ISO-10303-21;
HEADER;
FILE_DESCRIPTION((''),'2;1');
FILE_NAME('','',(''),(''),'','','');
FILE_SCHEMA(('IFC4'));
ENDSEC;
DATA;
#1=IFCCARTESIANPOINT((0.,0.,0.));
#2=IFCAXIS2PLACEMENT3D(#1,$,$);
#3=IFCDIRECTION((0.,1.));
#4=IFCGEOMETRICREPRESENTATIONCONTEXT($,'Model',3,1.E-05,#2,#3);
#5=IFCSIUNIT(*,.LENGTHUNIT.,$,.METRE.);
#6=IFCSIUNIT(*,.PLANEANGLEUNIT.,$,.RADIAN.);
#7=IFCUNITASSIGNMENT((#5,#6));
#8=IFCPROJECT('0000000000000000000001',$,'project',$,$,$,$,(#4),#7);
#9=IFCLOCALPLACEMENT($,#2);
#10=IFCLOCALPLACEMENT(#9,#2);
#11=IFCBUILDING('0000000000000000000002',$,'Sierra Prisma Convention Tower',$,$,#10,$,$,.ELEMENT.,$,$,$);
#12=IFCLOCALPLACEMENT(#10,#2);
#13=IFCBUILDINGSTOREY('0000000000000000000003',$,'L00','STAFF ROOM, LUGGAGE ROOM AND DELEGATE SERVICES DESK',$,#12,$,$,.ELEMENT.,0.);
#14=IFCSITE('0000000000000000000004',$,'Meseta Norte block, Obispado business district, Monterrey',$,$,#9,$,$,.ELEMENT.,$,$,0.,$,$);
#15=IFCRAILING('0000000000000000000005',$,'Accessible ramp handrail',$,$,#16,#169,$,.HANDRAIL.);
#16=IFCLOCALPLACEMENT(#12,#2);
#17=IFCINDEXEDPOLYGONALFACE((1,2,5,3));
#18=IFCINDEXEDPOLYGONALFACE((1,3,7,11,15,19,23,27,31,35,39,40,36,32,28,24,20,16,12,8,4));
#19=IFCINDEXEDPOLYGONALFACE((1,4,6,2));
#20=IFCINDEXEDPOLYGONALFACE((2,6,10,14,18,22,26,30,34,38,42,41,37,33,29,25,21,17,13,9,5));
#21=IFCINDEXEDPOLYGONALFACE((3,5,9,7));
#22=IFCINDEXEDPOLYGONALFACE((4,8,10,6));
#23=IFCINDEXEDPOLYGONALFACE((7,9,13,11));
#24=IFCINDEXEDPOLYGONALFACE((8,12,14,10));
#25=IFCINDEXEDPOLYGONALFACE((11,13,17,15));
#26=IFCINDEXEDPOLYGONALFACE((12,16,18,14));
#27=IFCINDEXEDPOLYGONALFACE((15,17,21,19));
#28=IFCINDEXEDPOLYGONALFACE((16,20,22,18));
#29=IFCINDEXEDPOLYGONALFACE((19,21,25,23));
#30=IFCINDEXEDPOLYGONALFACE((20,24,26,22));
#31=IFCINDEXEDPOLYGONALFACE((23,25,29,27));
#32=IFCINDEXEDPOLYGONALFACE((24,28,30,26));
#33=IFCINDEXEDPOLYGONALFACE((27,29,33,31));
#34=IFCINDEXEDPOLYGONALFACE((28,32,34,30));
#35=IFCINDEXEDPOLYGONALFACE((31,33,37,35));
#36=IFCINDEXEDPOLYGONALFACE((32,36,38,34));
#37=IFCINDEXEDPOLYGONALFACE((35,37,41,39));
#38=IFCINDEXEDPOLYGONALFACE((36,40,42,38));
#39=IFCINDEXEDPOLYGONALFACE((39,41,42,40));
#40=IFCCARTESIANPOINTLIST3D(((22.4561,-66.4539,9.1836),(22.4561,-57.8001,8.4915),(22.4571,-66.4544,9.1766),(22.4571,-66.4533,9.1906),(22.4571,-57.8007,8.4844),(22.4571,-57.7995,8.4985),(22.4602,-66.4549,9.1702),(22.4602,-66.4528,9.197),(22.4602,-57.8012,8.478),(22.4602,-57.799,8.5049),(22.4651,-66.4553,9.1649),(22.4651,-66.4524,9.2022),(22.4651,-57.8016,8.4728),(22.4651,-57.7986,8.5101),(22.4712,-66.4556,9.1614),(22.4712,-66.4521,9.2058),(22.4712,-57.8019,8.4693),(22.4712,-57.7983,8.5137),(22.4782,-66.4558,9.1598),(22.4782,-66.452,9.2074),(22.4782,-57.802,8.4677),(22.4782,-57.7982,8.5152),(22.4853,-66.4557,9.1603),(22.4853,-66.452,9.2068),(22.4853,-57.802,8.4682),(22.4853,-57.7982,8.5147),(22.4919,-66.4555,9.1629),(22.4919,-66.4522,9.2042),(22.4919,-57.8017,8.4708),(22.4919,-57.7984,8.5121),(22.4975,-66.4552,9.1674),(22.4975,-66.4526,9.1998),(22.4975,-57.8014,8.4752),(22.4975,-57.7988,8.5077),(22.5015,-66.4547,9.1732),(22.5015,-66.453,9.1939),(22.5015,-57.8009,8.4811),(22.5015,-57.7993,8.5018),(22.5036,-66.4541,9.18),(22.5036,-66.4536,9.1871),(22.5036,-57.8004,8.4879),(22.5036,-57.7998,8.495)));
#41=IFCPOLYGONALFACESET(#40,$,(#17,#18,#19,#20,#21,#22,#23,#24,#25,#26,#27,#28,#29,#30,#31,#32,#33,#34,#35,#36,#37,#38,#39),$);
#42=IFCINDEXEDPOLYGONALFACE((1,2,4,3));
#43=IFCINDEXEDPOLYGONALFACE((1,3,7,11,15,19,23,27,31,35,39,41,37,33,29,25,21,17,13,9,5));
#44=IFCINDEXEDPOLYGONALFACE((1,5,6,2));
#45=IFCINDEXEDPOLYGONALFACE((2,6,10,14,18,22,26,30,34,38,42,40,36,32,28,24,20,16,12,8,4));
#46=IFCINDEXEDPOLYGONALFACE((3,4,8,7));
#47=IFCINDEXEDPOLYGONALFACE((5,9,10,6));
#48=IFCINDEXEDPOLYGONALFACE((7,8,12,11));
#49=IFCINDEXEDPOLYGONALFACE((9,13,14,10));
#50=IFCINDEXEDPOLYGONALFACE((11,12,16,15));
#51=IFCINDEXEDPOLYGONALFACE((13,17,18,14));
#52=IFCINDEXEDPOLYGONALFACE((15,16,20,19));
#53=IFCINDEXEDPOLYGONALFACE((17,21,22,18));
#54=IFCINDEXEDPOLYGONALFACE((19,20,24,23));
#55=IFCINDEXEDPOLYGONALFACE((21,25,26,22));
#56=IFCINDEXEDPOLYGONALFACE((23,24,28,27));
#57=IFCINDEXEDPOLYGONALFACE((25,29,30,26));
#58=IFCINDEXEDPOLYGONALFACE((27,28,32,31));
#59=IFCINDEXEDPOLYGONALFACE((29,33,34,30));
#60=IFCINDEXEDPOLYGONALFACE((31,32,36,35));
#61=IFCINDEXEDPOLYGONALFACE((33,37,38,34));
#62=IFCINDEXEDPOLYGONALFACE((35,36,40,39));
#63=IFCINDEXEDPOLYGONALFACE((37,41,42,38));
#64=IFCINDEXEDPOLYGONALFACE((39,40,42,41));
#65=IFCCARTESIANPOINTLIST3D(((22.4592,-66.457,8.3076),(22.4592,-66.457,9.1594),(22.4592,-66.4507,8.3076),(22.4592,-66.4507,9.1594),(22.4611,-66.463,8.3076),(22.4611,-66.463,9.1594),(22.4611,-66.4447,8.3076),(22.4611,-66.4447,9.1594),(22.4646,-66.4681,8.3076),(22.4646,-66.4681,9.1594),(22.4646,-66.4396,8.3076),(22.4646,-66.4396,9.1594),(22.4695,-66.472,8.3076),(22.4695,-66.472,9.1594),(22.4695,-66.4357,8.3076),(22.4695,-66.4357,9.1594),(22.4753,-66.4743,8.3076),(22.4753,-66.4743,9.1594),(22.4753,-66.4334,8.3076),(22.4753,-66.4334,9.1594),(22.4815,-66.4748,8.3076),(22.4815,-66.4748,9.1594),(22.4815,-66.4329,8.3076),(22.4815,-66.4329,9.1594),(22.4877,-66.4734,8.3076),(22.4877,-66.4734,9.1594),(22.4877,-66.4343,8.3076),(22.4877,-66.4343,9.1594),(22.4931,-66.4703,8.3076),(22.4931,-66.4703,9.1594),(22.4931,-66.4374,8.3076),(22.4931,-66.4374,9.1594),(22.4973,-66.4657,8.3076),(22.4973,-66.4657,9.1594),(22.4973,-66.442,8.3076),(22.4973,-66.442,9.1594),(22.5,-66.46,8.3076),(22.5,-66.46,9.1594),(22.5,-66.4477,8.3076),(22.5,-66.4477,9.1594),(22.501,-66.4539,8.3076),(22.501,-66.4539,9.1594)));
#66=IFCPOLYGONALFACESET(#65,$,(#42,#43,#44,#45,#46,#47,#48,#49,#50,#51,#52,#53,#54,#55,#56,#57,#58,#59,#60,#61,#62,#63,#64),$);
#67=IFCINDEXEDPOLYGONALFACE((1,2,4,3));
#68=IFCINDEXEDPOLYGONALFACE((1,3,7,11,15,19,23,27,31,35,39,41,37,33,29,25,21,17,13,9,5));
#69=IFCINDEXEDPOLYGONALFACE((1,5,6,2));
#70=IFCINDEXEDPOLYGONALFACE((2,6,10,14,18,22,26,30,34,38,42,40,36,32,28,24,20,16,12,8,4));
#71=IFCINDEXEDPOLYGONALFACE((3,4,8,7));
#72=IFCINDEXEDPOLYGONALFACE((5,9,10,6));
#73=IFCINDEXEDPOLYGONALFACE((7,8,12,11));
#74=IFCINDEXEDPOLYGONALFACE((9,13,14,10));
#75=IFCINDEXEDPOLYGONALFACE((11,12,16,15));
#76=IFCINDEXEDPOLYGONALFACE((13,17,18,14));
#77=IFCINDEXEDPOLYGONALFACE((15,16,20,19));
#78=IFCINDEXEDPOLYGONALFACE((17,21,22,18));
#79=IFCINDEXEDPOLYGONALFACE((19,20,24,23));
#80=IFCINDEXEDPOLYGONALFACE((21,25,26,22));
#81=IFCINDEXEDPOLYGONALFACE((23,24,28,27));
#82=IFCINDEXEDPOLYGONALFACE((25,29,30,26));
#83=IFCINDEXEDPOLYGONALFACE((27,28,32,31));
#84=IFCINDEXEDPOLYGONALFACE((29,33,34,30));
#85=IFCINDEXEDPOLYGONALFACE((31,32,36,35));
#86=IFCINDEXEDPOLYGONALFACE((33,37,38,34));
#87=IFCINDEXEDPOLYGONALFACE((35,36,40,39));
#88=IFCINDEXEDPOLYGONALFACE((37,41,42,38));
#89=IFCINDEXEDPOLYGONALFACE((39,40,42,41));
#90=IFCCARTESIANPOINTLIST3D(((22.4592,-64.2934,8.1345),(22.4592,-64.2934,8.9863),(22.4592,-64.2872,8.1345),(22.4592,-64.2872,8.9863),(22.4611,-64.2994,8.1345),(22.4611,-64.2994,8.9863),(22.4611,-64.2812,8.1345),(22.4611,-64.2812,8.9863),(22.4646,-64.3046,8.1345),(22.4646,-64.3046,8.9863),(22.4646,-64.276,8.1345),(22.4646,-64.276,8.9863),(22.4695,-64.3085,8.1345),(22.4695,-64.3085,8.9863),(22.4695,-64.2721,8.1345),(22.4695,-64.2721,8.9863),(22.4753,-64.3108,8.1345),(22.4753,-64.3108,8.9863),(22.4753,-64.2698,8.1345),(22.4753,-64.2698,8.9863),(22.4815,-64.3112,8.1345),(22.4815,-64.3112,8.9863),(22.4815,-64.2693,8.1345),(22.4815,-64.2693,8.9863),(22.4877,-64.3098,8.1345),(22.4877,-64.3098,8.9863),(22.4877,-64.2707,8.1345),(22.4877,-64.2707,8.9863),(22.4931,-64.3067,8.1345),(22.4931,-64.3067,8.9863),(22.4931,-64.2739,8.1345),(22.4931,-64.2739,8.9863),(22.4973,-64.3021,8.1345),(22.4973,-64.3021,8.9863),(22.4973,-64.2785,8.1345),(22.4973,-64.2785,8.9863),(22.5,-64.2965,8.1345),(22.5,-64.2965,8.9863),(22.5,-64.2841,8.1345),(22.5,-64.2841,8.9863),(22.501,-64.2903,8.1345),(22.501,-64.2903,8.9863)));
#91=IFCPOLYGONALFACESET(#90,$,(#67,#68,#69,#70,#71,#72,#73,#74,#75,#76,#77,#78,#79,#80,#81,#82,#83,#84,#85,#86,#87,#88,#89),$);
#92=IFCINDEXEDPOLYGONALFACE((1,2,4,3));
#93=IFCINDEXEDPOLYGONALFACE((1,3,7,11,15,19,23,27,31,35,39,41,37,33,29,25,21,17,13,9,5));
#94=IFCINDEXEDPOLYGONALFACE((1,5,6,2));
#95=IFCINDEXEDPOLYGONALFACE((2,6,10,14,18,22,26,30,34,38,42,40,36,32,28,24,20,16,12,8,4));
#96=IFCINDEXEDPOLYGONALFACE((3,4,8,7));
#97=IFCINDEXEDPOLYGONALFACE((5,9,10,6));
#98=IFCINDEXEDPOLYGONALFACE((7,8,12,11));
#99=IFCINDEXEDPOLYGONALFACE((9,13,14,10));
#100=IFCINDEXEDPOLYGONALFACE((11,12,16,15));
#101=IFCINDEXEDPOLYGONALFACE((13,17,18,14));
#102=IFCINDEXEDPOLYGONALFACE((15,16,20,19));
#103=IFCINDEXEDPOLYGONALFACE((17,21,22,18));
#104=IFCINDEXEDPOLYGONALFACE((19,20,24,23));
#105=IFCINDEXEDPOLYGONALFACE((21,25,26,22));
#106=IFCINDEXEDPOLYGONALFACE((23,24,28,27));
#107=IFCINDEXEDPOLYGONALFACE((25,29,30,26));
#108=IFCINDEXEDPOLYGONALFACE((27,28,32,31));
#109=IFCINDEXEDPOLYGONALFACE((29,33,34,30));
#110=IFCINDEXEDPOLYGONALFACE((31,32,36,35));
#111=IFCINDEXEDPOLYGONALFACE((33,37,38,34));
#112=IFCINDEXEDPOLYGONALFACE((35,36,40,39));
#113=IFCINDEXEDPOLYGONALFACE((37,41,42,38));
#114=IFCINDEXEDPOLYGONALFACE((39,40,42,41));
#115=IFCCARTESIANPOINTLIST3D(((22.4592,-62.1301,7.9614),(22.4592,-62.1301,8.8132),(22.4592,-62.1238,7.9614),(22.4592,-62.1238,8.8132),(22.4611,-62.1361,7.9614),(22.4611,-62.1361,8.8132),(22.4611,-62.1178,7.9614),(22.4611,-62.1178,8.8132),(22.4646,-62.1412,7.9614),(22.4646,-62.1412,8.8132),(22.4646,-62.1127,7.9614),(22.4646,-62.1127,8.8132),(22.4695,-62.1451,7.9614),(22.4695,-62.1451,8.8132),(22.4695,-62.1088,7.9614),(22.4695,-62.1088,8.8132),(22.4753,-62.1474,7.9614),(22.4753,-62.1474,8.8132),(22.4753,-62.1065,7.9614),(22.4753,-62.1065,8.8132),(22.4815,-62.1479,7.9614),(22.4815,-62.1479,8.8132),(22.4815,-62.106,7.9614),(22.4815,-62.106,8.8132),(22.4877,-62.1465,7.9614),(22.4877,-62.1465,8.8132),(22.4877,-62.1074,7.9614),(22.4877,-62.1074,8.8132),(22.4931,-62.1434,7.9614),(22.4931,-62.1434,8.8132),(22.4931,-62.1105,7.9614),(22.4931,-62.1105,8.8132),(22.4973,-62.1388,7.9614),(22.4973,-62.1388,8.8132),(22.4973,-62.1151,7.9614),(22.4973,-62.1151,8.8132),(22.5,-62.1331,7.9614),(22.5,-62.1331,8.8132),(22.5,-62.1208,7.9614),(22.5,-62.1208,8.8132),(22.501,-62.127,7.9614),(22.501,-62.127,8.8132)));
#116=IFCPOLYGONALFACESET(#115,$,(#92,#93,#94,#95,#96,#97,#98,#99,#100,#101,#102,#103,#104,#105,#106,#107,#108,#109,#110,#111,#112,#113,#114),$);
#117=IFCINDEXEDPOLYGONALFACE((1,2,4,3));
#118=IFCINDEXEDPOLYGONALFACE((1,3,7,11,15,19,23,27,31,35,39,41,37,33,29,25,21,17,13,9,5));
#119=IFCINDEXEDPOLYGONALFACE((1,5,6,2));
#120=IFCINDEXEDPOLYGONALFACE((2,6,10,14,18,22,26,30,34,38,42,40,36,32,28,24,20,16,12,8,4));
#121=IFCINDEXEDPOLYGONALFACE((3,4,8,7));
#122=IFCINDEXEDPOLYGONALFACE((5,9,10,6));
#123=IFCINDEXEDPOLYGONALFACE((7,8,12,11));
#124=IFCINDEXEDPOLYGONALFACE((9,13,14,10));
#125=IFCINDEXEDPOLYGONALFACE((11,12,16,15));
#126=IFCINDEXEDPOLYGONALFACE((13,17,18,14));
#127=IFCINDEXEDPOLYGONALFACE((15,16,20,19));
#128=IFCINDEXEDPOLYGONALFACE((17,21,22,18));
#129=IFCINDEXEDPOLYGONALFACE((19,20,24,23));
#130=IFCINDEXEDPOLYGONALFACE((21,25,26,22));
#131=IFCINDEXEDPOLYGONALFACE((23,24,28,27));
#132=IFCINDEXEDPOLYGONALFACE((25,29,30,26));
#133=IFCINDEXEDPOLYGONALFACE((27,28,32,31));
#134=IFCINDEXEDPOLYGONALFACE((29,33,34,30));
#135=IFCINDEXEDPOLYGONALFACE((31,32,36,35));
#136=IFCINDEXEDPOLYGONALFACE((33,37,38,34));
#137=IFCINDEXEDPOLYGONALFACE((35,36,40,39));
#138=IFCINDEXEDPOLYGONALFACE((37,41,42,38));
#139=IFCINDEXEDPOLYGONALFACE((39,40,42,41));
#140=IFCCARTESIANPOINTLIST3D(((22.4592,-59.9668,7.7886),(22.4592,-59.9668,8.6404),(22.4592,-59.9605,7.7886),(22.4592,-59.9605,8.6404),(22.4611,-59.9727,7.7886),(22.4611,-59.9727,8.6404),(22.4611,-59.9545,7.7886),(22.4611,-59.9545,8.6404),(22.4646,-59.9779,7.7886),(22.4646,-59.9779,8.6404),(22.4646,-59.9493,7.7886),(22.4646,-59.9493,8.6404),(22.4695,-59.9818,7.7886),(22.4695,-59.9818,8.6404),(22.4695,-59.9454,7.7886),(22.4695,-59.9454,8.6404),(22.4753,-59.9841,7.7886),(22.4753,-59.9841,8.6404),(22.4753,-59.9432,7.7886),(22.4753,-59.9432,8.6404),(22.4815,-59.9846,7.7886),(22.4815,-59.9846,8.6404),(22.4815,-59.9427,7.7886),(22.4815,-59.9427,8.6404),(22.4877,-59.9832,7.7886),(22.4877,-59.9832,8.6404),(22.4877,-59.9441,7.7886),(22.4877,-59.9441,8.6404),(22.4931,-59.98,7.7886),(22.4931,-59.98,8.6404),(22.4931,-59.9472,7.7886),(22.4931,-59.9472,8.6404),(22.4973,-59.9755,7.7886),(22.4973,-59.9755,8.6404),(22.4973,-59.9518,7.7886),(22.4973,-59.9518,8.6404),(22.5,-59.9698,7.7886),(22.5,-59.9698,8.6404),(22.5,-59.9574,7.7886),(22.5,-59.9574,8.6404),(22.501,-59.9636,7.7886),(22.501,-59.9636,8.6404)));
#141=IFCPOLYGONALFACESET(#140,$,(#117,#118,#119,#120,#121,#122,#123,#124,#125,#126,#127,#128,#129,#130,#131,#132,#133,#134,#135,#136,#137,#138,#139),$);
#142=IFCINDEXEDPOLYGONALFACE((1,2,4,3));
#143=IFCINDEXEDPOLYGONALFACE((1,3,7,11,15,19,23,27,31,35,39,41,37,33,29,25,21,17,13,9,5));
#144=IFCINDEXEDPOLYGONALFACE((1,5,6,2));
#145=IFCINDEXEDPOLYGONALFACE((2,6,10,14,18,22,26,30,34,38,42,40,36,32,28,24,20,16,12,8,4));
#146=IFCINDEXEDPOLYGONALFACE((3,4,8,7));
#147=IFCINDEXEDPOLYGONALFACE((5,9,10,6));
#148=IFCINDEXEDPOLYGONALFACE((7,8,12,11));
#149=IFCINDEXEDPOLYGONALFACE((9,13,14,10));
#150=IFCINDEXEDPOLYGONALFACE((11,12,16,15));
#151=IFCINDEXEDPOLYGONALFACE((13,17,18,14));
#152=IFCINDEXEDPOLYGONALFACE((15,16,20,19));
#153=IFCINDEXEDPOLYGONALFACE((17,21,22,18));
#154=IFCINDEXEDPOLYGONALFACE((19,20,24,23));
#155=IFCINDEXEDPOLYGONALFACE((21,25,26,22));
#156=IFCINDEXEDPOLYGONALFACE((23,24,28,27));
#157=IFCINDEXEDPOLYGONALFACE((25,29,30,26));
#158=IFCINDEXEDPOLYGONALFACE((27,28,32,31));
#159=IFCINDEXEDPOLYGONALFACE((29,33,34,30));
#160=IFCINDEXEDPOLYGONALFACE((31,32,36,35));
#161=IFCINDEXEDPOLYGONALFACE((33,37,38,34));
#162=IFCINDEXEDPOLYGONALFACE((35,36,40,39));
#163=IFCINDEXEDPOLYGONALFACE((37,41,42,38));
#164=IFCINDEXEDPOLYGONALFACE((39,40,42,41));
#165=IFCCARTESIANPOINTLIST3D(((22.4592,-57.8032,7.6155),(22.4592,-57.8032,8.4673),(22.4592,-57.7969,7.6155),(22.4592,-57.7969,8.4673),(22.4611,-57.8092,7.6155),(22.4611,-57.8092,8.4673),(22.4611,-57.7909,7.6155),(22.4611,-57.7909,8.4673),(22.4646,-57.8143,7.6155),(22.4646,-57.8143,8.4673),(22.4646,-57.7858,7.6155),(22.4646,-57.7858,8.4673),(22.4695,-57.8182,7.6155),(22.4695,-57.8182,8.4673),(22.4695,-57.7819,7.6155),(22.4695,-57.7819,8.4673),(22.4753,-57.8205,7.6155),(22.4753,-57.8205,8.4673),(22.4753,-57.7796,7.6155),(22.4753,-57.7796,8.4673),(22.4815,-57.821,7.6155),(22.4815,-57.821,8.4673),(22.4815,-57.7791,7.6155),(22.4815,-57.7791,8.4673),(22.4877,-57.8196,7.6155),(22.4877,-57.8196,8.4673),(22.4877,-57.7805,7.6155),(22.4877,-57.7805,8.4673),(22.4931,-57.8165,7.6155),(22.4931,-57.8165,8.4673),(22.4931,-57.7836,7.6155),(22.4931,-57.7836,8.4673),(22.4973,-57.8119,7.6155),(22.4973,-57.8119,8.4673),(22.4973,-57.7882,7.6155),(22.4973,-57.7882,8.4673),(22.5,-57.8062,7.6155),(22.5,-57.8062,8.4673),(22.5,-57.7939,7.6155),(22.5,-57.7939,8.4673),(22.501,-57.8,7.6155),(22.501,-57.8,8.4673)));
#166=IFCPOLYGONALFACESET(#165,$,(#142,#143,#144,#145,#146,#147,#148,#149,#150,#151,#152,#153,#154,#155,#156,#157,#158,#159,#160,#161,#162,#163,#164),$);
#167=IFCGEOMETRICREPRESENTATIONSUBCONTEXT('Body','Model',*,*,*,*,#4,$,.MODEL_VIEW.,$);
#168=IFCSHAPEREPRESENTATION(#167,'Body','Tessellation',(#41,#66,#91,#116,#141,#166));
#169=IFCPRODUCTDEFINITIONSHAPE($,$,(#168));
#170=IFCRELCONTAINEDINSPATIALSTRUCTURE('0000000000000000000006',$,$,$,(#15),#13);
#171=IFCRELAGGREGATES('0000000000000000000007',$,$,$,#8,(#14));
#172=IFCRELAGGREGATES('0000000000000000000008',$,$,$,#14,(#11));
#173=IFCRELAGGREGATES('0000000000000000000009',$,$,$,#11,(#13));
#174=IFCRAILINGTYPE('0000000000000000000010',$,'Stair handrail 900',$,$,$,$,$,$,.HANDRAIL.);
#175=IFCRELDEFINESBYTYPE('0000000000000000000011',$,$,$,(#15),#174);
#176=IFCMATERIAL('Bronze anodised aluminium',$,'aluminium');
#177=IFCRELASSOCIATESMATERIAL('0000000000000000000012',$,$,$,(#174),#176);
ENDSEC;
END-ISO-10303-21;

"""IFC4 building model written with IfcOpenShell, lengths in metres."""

from ifc_helpers import new_model, si_unit, direction, frame, origin, origin_2d, place, context, subcontext, project, spatial, circle, extrude, material, type_object, element, save


model = new_model("IFC4")

# Units and contexts
model_context = context("Model", 3, precision=1e-05, world=origin(), true_north=direction((0.0, 1.0)))
body_context = subcontext(model_context, "Body", "Model", "MODEL_VIEW")
ifc_project = project(units=[si_unit("LENGTHUNIT", "METRE"), si_unit("PLANEANGLEUNIT", "RADIAN")], contexts=[model_context])

# Site, building, storey
site_placement = place(None, origin())
site = spatial("IfcSite", under=ifc_project, at=site_placement, Name="Meseta Norte block, Obispado business district, Monterrey", CompositionType="ELEMENT", RefElevation=0.0)
building_placement = place(site_placement, origin())
building = spatial("IfcBuilding", under=site, at=building_placement, Name="Sierra Prisma Convention Tower", CompositionType="ELEMENT")
storey_placement = place(building_placement, origin())
storey = spatial("IfcBuildingStorey", under=building, at=storey_placement, Name="L00", Description="STAFF ROOM, LUGGAGE ROOM AND DELEGATE SERVICES DESK", CompositionType="ELEMENT", Elevation=0.0)

# Railing
ifc_material_1 = material(Name="Bronze anodised aluminium", Category="aluminium")
railing_type_1 = type_object("IfcRailingType", Name="Stair handrail 900", PredefinedType="HANDRAIL", material=ifc_material_1)
for number, where, name in (
    (1, (22.48, -66.4539, 8.3076), "Accessible ramp handrail"),
):
    element("IfcRailing", number, at=place(storey_placement, frame(where)), inside=storey, type_object=railing_type_1, Name=name, PredefinedType="HANDRAIL", context=body_context, shape_type="SweptSolid", body=[
        extrude(circle(Radius=0.0239, at=origin_2d()), frame((0.0, 0.0, 0.876), z_axis=(0.0, 0.996817, -0.079726), x_axis=(-1.0, 0.0, 0.0)), (0.0, 0.0, 1.0), 8.6814),
        extrude(circle(Radius=0.021, at=origin_2d()), origin(), (0.0, 0.0, 1.0), 0.8518),
        extrude(circle(Radius=0.021, at=origin_2d()), frame((0.0, 2.1636, -0.1731)), (0.0, 0.0, 1.0), 0.8518),
        extrude(circle(Radius=0.021, at=origin_2d()), frame((0.0, 4.3269, -0.3462)), (0.0, 0.0, 1.0), 0.8518),
        extrude(circle(Radius=0.021, at=origin_2d()), frame((0.0, 6.4902, -0.519)), (0.0, 0.0, 1.0), 0.8518),
        extrude(circle(Radius=0.021, at=origin_2d()), frame((0.0, 8.6538, -0.6921)), (0.0, 0.0, 1.0), 0.8518),
    ])

save(model, "model.ifc")
